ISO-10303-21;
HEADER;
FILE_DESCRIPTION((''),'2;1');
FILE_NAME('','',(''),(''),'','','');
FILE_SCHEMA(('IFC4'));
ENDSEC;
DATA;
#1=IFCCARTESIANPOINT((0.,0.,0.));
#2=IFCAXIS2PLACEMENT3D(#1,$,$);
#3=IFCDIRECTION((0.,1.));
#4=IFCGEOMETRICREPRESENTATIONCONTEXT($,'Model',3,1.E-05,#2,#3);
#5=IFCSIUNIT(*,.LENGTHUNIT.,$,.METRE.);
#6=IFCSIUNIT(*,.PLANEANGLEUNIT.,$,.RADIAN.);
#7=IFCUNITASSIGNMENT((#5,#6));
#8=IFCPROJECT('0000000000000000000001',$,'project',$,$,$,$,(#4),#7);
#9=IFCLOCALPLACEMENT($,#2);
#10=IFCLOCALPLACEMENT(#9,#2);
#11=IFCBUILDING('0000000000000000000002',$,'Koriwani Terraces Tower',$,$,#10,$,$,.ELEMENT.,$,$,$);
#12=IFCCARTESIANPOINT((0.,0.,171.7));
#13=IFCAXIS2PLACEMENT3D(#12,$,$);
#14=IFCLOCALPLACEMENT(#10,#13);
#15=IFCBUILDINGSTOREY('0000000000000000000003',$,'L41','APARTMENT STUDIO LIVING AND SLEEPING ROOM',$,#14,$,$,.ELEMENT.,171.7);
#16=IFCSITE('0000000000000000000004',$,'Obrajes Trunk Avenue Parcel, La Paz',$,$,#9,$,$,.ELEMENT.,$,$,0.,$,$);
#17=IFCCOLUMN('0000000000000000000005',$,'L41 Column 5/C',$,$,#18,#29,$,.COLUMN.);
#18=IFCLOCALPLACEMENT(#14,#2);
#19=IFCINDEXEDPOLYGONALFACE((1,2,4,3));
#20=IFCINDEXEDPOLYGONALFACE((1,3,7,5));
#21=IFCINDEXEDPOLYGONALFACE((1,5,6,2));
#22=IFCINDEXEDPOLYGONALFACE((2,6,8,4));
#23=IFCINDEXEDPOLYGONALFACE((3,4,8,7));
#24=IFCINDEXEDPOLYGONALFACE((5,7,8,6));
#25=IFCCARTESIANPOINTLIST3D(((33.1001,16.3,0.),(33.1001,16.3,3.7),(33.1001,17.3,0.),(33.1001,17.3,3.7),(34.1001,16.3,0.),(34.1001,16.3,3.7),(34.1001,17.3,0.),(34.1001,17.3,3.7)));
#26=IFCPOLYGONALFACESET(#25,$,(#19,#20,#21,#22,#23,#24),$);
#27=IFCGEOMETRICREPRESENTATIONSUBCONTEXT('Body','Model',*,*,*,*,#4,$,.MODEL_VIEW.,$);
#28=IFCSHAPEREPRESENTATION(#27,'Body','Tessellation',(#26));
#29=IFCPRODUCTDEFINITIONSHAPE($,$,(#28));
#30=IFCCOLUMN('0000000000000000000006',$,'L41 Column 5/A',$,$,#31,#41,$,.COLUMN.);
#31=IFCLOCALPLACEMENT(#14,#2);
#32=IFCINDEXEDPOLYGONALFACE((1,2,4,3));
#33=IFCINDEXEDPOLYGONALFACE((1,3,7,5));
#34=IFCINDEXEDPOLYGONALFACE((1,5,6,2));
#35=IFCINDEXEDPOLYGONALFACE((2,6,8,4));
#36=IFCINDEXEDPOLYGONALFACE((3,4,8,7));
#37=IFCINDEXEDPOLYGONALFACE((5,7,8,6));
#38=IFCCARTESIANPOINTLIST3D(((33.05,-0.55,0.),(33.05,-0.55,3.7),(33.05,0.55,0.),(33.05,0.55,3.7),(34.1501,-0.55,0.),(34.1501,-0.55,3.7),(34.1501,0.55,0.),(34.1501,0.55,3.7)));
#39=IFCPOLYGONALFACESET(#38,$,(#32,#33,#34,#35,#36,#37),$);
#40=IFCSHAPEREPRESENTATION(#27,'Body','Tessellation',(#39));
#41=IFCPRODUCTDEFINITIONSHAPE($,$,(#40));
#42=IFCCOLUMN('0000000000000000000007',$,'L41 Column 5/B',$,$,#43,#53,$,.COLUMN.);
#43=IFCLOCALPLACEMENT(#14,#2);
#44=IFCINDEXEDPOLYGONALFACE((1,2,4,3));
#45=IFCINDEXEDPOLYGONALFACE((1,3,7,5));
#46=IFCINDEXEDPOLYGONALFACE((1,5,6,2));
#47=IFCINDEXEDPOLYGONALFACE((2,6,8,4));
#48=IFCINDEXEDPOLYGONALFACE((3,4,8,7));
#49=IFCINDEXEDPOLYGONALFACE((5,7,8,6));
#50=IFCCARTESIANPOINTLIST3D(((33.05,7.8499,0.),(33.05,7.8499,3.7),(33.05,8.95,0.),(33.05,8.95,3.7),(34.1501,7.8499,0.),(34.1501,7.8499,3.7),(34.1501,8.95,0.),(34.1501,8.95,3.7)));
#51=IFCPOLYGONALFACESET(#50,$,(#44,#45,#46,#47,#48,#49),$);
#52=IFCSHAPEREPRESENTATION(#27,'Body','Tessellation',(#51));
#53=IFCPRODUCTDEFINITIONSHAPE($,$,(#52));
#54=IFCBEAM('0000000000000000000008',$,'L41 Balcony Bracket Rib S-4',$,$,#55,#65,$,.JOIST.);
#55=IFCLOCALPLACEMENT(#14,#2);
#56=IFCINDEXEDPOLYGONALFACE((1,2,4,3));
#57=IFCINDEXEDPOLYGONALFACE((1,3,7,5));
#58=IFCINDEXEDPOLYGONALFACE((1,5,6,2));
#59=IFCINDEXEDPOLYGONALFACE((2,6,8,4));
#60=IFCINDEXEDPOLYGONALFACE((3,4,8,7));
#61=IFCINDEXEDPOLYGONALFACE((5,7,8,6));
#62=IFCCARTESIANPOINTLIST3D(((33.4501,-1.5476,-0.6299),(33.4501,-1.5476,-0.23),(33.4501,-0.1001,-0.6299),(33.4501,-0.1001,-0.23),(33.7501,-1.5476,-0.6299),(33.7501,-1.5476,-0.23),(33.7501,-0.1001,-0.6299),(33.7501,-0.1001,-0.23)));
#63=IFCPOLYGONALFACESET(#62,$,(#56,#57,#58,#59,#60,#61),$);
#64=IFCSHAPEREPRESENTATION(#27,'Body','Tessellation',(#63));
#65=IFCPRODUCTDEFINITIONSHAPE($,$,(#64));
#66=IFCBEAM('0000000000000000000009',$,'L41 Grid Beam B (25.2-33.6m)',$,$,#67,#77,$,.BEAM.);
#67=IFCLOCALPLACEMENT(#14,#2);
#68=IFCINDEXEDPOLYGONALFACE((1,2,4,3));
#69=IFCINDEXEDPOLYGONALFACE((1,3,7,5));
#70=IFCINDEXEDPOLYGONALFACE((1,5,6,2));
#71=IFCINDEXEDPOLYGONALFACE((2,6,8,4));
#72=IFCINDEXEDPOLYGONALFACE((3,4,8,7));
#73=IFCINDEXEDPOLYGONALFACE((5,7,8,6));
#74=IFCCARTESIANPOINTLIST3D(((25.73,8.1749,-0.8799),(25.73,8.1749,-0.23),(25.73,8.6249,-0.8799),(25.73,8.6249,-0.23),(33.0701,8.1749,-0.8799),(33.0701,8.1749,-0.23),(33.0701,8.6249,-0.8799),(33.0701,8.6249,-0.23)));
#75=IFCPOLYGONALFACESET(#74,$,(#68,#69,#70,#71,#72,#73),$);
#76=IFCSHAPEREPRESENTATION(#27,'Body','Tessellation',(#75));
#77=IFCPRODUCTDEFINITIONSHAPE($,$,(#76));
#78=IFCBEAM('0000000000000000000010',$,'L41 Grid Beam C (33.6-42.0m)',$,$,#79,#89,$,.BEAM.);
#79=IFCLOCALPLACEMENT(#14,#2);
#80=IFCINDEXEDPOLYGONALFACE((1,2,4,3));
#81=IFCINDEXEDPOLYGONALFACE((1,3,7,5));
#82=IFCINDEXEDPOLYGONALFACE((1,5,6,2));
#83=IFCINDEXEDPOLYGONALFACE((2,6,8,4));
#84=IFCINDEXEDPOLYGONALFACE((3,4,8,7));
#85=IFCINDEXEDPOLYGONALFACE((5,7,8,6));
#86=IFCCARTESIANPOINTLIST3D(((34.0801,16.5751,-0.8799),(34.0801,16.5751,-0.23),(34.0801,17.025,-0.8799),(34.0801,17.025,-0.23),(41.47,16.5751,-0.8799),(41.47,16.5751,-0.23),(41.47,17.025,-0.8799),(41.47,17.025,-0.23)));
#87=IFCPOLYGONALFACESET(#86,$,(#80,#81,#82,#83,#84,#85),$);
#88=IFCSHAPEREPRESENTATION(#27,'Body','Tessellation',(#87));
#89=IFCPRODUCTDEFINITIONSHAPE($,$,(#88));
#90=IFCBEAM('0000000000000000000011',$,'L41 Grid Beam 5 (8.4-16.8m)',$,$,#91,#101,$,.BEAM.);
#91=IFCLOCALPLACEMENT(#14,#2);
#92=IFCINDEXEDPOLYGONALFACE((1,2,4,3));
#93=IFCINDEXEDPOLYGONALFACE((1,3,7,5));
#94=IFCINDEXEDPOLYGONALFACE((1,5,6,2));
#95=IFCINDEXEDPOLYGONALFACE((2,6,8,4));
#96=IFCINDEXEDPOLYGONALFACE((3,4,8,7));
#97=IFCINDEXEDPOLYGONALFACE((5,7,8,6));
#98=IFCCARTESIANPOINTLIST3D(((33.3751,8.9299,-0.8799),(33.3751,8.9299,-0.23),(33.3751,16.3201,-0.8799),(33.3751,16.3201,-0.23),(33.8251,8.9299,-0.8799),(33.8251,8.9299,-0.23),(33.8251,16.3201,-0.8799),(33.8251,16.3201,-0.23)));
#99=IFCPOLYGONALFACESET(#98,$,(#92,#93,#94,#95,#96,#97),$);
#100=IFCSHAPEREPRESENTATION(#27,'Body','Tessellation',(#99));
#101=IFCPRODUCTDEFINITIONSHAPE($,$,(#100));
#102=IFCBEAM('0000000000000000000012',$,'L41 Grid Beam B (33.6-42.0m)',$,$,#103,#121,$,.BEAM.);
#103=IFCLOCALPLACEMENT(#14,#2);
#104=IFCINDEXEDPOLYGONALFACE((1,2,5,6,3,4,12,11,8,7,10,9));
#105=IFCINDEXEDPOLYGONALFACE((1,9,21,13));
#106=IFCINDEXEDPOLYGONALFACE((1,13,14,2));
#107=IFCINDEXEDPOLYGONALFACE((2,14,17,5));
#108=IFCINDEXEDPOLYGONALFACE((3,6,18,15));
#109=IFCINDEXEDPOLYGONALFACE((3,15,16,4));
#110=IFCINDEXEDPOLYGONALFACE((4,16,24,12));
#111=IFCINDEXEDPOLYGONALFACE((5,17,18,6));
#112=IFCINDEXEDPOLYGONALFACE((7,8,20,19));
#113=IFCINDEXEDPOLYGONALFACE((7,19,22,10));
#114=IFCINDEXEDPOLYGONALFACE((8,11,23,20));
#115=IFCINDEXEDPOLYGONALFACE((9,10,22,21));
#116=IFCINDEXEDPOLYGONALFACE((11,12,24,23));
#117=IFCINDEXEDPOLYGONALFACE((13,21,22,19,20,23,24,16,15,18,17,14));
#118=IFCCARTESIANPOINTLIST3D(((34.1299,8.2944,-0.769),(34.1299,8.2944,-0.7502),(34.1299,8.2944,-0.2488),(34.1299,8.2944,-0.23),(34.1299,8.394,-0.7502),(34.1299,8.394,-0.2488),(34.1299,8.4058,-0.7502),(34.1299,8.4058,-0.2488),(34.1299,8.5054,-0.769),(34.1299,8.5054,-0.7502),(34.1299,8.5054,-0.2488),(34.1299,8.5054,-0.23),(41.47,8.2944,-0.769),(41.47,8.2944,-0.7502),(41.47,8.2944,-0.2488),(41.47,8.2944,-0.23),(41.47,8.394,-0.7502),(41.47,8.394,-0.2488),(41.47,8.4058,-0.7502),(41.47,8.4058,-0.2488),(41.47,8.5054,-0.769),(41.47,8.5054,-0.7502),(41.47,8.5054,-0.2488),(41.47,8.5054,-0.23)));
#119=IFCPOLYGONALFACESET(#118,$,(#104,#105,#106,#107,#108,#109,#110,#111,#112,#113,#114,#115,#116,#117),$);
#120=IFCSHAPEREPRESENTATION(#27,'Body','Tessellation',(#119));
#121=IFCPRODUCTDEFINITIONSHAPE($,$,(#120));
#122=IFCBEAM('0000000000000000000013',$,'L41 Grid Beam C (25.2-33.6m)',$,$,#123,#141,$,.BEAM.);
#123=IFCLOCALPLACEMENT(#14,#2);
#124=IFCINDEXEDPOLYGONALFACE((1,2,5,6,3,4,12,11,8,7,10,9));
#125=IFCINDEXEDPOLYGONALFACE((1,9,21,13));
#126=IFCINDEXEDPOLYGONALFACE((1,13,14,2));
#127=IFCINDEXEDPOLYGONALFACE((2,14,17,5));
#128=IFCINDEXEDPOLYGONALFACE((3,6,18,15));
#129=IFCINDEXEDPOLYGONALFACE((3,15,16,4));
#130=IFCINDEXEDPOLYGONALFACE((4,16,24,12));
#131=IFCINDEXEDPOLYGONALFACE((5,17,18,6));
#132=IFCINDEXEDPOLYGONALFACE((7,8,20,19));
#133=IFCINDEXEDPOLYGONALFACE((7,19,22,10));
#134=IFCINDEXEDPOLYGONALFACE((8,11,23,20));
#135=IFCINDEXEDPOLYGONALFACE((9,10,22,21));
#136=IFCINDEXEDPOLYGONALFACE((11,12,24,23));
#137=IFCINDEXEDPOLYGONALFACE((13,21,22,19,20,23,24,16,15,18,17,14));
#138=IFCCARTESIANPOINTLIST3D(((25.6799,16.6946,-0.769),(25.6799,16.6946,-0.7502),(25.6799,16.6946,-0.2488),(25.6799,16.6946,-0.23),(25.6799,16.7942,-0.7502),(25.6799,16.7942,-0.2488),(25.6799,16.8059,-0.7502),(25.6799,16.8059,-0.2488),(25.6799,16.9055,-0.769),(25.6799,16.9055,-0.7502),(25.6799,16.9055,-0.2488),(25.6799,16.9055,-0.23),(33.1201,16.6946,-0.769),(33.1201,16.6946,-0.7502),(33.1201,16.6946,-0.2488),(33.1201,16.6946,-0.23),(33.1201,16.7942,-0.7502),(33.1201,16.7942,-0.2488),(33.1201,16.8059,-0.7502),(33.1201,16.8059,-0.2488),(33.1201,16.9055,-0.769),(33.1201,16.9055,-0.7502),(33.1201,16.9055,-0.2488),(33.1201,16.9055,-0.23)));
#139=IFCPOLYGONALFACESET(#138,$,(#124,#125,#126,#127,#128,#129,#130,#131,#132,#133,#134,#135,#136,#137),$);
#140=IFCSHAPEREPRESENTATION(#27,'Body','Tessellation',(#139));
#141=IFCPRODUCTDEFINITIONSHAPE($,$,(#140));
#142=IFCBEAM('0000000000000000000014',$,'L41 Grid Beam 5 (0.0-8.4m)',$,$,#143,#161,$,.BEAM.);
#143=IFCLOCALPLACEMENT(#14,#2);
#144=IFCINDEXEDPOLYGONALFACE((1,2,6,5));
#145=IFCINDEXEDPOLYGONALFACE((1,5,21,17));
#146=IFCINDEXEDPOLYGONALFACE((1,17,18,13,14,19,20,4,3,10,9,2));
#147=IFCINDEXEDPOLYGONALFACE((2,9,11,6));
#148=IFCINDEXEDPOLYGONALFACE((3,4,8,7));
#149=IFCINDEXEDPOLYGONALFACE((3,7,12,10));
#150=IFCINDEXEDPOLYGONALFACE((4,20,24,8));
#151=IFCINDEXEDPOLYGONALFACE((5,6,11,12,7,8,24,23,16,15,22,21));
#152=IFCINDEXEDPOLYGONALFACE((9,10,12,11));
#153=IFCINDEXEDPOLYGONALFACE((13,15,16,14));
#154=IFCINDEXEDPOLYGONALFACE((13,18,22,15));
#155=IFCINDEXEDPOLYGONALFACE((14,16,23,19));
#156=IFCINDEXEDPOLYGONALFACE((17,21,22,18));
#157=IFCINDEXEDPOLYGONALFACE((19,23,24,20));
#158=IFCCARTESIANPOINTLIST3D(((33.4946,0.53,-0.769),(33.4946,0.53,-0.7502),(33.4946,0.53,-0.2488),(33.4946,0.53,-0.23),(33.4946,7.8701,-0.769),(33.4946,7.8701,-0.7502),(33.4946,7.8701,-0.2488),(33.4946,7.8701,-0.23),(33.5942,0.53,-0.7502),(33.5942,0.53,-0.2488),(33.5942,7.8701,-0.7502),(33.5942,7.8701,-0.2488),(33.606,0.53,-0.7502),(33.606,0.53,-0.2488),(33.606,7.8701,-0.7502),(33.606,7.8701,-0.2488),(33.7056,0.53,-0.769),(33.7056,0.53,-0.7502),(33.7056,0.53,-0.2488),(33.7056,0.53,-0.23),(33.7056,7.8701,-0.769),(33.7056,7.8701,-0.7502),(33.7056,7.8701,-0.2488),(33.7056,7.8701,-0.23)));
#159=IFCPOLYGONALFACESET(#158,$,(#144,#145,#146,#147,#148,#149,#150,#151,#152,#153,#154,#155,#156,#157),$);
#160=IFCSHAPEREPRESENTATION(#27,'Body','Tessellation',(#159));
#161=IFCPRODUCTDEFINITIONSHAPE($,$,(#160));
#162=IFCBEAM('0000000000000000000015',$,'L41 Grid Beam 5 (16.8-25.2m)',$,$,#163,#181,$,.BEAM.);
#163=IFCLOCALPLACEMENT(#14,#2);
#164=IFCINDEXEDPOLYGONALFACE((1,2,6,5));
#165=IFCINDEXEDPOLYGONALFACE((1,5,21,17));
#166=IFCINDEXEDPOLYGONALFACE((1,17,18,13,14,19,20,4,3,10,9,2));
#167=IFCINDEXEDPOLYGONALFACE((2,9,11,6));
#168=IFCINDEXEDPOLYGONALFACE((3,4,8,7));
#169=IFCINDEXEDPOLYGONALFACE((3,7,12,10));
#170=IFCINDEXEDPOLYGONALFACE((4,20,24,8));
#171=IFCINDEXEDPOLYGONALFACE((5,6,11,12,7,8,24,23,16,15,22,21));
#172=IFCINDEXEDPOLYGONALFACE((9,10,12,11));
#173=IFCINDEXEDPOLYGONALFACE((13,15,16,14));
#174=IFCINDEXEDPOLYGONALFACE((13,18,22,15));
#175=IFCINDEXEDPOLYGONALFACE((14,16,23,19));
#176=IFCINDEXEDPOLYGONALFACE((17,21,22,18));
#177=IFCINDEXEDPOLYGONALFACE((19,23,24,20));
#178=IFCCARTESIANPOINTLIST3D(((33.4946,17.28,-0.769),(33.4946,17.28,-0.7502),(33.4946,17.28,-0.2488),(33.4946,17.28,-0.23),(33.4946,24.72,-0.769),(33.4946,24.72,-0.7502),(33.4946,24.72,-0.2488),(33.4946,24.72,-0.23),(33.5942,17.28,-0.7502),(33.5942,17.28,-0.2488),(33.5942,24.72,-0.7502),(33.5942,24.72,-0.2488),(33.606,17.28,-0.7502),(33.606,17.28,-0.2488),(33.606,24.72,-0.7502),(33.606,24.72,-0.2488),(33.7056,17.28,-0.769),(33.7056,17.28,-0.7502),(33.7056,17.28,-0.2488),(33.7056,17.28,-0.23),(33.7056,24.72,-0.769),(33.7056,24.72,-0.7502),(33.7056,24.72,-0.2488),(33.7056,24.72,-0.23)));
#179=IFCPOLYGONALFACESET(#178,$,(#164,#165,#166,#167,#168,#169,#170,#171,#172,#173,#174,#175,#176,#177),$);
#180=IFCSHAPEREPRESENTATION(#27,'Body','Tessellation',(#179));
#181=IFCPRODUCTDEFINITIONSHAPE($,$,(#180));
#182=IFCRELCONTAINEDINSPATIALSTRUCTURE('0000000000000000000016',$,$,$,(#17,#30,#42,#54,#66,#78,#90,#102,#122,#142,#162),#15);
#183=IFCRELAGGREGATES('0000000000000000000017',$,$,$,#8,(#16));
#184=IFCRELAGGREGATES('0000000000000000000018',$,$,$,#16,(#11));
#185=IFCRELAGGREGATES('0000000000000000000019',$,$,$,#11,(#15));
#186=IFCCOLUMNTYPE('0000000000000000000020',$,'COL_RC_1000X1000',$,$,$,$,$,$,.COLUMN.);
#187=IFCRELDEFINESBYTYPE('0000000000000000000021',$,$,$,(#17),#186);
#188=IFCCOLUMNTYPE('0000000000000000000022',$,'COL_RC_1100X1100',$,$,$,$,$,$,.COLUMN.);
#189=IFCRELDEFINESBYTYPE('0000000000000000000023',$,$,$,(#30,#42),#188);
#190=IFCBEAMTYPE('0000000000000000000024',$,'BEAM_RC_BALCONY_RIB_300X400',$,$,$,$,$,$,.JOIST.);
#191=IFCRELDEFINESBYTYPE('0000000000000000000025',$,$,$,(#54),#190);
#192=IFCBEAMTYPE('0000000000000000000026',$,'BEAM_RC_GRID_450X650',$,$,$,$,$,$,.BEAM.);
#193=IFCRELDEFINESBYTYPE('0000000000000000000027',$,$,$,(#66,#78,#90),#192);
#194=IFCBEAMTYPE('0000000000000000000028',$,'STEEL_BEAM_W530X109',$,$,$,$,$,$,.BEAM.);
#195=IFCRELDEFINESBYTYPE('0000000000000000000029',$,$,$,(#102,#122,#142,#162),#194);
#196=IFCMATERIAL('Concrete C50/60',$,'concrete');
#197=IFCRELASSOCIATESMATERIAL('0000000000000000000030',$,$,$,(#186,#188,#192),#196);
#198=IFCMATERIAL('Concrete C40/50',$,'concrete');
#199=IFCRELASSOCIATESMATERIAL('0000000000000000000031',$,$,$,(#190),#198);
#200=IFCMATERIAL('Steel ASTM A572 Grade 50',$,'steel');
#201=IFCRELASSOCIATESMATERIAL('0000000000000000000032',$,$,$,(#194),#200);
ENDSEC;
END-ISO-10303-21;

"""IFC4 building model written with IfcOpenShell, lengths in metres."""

from ifc_helpers import new_model, si_unit, direction, frame, origin, origin_2d, place, context, subcontext, project, spatial, rectangle, i_section, extrude, material, material_profile, profile_set, type_object, element, save


model = new_model("IFC4")

# Units and contexts
model_context = context("Model", 3, precision=1e-05, world=origin(), true_north=direction((0.0, 1.0)))
body_context = subcontext(model_context, "Body", "Model", "MODEL_VIEW")
ifc_project = project(units=[si_unit("LENGTHUNIT", "METRE"), si_unit("PLANEANGLEUNIT", "RADIAN")], contexts=[model_context])

# Site, building, storey
site_placement = place(None, origin())
site = spatial("IfcSite", under=ifc_project, at=site_placement, Name="Obrajes Trunk Avenue Parcel, La Paz", CompositionType="ELEMENT", RefElevation=0.0)
building_placement = place(site_placement, origin())
building = spatial("IfcBuilding", under=site, at=building_placement, Name="Koriwani Terraces Tower", CompositionType="ELEMENT")
storey_placement = place(building_placement, frame((0.0, 0.0, 171.7)))
storey = spatial("IfcBuildingStorey", under=building, at=storey_placement, Name="L41", Description="APARTMENT STUDIO LIVING AND SLEEPING ROOM", CompositionType="ELEMENT", Elevation=171.7)

# Columns
ifc_material_1 = material(Name="Concrete C50/60", Category="concrete")
ifc_material_profile_1 = material_profile(ifc_material_1, rectangle(XDim=1.0, YDim=1.0, at=origin_2d()), Name="Concrete C50/60", Category="LoadBearing")
ifc_profile_set_1 = profile_set([ifc_material_profile_1], Name="Concrete C50/60")
column_type_1 = type_object("IfcColumnType", Name="COL_RC_1000X1000", PredefinedType="COLUMN", material=ifc_profile_set_1)
column_placement = place(storey_placement, frame((33.6001, 16.8, 0.0), z_axis=(0.0, 0.0, 1.0), x_axis=(1.0, 0.0, 0.0)))
element("IfcColumn", 1, at=column_placement, inside=storey, type_object=column_type_1, Name="L41 Column 5/C", PredefinedType="COLUMN", context=body_context, shape_type="SweptSolid", body=[
    extrude(rectangle(XDim=1.0, YDim=1.0, at=origin_2d()), origin(), (0.0, 0.0, 1.0), 3.7),
])
ifc_material_profile_2 = material_profile(ifc_material_1, rectangle(XDim=1.1001, YDim=1.1001, at=origin_2d()), Name="Concrete C50/60", Category="LoadBearing")
ifc_profile_set_2 = profile_set([ifc_material_profile_2], Name="Concrete C50/60")
column_type_2 = type_object("IfcColumnType", Name="COL_RC_1100X1100", PredefinedType="COLUMN", material=ifc_profile_set_2)
for number, where, z_axis, x_axis, name in (
    (2, (33.6001, 0.0, 0.0), (0.0, 0.0, 1.0), (1.0, 0.0, 0.0), "L41 Column 5/A"),
    (3, (33.6001, 8.3999, 0.0), (0.0, 0.0, 1.0), (1.0, 0.0, 0.0), "L41 Column 5/B"),
):
    element("IfcColumn", number, at=place(storey_placement, frame(where, z_axis=z_axis, x_axis=x_axis)), inside=storey, type_object=column_type_2, Name=name, PredefinedType="COLUMN", context=body_context, shape_type="SweptSolid", body=[
        extrude(rectangle(XDim=1.1001, YDim=1.1001, at=origin_2d()), origin(), (0.0, 0.0, 1.0), 3.7),
    ])

# Beams
ifc_material_2 = material(Name="Concrete C40/50", Category="concrete")
ifc_material_profile_3 = material_profile(ifc_material_2, rectangle(XDim=0.3, YDim=0.3999, at=origin_2d()), Name="Concrete C40/50", Category="LoadBearing")
ifc_profile_set_3 = profile_set([ifc_material_profile_3], Name="Concrete C40/50")
beam_type_1 = type_object("IfcBeamType", Name="BEAM_RC_BALCONY_RIB_300X400", PredefinedType="JOIST", material=ifc_profile_set_3)
beam_1_placement = place(storey_placement, frame((33.6001, -1.5476, -0.4299), z_axis=(0.0, 1.0, 0.0), x_axis=(-1.0, 0.0, 0.0)))
element("IfcBeam", 4, at=beam_1_placement, inside=storey, type_object=beam_type_1, Name="L41 Balcony Bracket Rib S-4", PredefinedType="JOIST", context=body_context, shape_type="SweptSolid", body=[
    extrude(rectangle(XDim=0.3, YDim=0.3999, at=origin_2d()), origin(), (0.0, 0.0, 1.0), 1.4475),
])
ifc_material_profile_4 = material_profile(ifc_material_1, rectangle(XDim=0.45, YDim=0.6499, at=origin_2d()), Name="Concrete C50/60", Category="LoadBearing")
ifc_profile_set_4 = profile_set([ifc_material_profile_4], Name="Concrete C50/60")
beam_type_2 = type_object("IfcBeamType", Name="BEAM_RC_GRID_450X650", PredefinedType="BEAM", material=ifc_profile_set_4)
beam_2_placement = place(storey_placement, frame((25.73, 8.3999, -0.5549), z_axis=(1.0, 0.0, 0.0), x_axis=(0.0, 1.0, 0.0)))
element("IfcBeam", 5, at=beam_2_placement, inside=storey, type_object=beam_type_2, Name="L41 Grid Beam B (25.2-33.6m)", PredefinedType="BEAM", context=body_context, shape_type="SweptSolid", body=[
    extrude(rectangle(XDim=0.45, YDim=0.6499, at=origin_2d()), origin(), (0.0, 0.0, 1.0), 7.3401),
])
beam_3_placement = place(storey_placement, frame((34.0801, 16.8, -0.5549), z_axis=(1.0, 0.0, 0.0), x_axis=(0.0, 1.0, 0.0)))
element("IfcBeam", 6, at=beam_3_placement, inside=storey, type_object=beam_type_2, Name="L41 Grid Beam C (33.6-42.0m)", PredefinedType="BEAM", context=body_context, shape_type="SweptSolid", body=[
    extrude(rectangle(XDim=0.45, YDim=0.6499, at=origin_2d()), origin(), (0.0, 0.0, 1.0), 7.3899),
])
beam_4_placement = place(storey_placement, frame((33.6001, 8.9299, -0.5549), z_axis=(0.0, 1.0, 0.0), x_axis=(-1.0, 0.0, 0.0)))
element("IfcBeam", 7, at=beam_4_placement, inside=storey, type_object=beam_type_2, Name="L41 Grid Beam 5 (8.4-16.8m)", PredefinedType="BEAM", context=body_context, shape_type="SweptSolid", body=[
    extrude(rectangle(XDim=0.45, YDim=0.6499, at=origin_2d()), origin(), (0.0, 0.0, 1.0), 7.3901),
])
ifc_material_3 = material(Name="Steel ASTM A572 Grade 50", Category="steel")
ifc_material_profile_5 = material_profile(ifc_material_3, i_section(OverallWidth=0.2109, OverallDepth=0.5391, WebThickness=0.0117, FlangeThickness=0.0188, at=origin_2d()), Name="Steel ASTM A572 Grade 50", Category="LoadBearing")
ifc_profile_set_5 = profile_set([ifc_material_profile_5], Name="Steel ASTM A572 Grade 50")
beam_type_3 = type_object("IfcBeamType", Name="STEEL_BEAM_W530X109", PredefinedType="BEAM", material=ifc_profile_set_5)
beam_5_placement = place(storey_placement, frame((34.1299, 8.3999, -0.4995), z_axis=(1.0, 0.0, 0.0), x_axis=(0.0, 1.0, 0.0)))
element("IfcBeam", 8, at=beam_5_placement, inside=storey, type_object=beam_type_3, Name="L41 Grid Beam B (33.6-42.0m)", PredefinedType="BEAM", context=body_context, shape_type="SweptSolid", body=[
    extrude(i_section(OverallWidth=0.2109, OverallDepth=0.5391, WebThickness=0.0117, FlangeThickness=0.0188, at=origin_2d()), origin(), (0.0, 0.0, 1.0), 7.3401),
])
beam_6_placement = place(storey_placement, frame((25.6799, 16.8, -0.4995), z_axis=(1.0, 0.0, 0.0), x_axis=(0.0, 1.0, 0.0)))
element("IfcBeam", 9, at=beam_6_placement, inside=storey, type_object=beam_type_3, Name="L41 Grid Beam C (25.2-33.6m)", PredefinedType="BEAM", context=body_context, shape_type="SweptSolid", body=[
    extrude(i_section(OverallWidth=0.2109, OverallDepth=0.5391, WebThickness=0.0117, FlangeThickness=0.0188, at=origin_2d()), origin(), (0.0, 0.0, 1.0), 7.4402),
])
beam_7_placement = place(storey_placement, frame((33.6001, 0.53, -0.4995), z_axis=(0.0, 1.0, 0.0), x_axis=(-1.0, 0.0, 0.0)))
element("IfcBeam", 10, at=beam_7_placement, inside=storey, type_object=beam_type_3, Name="L41 Grid Beam 5 (0.0-8.4m)", PredefinedType="BEAM", context=body_context, shape_type="SweptSolid", body=[
    extrude(i_section(OverallWidth=0.2109, OverallDepth=0.5391, WebThickness=0.0117, FlangeThickness=0.0188, at=origin_2d()), origin(), (0.0, 0.0, 1.0), 7.3401),
])
beam_8_placement = place(storey_placement, frame((33.6001, 17.28, -0.4995), z_axis=(0.0, 1.0, 0.0), x_axis=(-1.0, 0.0, 0.0)))
element("IfcBeam", 11, at=beam_8_placement, inside=storey, type_object=beam_type_3, Name="L41 Grid Beam 5 (16.8-25.2m)", PredefinedType="BEAM", context=body_context, shape_type="SweptSolid", body=[
    extrude(i_section(OverallWidth=0.2109, OverallDepth=0.5391, WebThickness=0.0117, FlangeThickness=0.0188, at=origin_2d()), origin(), (0.0, 0.0, 1.0), 7.4399),
])

save(model, "model.ifc")
